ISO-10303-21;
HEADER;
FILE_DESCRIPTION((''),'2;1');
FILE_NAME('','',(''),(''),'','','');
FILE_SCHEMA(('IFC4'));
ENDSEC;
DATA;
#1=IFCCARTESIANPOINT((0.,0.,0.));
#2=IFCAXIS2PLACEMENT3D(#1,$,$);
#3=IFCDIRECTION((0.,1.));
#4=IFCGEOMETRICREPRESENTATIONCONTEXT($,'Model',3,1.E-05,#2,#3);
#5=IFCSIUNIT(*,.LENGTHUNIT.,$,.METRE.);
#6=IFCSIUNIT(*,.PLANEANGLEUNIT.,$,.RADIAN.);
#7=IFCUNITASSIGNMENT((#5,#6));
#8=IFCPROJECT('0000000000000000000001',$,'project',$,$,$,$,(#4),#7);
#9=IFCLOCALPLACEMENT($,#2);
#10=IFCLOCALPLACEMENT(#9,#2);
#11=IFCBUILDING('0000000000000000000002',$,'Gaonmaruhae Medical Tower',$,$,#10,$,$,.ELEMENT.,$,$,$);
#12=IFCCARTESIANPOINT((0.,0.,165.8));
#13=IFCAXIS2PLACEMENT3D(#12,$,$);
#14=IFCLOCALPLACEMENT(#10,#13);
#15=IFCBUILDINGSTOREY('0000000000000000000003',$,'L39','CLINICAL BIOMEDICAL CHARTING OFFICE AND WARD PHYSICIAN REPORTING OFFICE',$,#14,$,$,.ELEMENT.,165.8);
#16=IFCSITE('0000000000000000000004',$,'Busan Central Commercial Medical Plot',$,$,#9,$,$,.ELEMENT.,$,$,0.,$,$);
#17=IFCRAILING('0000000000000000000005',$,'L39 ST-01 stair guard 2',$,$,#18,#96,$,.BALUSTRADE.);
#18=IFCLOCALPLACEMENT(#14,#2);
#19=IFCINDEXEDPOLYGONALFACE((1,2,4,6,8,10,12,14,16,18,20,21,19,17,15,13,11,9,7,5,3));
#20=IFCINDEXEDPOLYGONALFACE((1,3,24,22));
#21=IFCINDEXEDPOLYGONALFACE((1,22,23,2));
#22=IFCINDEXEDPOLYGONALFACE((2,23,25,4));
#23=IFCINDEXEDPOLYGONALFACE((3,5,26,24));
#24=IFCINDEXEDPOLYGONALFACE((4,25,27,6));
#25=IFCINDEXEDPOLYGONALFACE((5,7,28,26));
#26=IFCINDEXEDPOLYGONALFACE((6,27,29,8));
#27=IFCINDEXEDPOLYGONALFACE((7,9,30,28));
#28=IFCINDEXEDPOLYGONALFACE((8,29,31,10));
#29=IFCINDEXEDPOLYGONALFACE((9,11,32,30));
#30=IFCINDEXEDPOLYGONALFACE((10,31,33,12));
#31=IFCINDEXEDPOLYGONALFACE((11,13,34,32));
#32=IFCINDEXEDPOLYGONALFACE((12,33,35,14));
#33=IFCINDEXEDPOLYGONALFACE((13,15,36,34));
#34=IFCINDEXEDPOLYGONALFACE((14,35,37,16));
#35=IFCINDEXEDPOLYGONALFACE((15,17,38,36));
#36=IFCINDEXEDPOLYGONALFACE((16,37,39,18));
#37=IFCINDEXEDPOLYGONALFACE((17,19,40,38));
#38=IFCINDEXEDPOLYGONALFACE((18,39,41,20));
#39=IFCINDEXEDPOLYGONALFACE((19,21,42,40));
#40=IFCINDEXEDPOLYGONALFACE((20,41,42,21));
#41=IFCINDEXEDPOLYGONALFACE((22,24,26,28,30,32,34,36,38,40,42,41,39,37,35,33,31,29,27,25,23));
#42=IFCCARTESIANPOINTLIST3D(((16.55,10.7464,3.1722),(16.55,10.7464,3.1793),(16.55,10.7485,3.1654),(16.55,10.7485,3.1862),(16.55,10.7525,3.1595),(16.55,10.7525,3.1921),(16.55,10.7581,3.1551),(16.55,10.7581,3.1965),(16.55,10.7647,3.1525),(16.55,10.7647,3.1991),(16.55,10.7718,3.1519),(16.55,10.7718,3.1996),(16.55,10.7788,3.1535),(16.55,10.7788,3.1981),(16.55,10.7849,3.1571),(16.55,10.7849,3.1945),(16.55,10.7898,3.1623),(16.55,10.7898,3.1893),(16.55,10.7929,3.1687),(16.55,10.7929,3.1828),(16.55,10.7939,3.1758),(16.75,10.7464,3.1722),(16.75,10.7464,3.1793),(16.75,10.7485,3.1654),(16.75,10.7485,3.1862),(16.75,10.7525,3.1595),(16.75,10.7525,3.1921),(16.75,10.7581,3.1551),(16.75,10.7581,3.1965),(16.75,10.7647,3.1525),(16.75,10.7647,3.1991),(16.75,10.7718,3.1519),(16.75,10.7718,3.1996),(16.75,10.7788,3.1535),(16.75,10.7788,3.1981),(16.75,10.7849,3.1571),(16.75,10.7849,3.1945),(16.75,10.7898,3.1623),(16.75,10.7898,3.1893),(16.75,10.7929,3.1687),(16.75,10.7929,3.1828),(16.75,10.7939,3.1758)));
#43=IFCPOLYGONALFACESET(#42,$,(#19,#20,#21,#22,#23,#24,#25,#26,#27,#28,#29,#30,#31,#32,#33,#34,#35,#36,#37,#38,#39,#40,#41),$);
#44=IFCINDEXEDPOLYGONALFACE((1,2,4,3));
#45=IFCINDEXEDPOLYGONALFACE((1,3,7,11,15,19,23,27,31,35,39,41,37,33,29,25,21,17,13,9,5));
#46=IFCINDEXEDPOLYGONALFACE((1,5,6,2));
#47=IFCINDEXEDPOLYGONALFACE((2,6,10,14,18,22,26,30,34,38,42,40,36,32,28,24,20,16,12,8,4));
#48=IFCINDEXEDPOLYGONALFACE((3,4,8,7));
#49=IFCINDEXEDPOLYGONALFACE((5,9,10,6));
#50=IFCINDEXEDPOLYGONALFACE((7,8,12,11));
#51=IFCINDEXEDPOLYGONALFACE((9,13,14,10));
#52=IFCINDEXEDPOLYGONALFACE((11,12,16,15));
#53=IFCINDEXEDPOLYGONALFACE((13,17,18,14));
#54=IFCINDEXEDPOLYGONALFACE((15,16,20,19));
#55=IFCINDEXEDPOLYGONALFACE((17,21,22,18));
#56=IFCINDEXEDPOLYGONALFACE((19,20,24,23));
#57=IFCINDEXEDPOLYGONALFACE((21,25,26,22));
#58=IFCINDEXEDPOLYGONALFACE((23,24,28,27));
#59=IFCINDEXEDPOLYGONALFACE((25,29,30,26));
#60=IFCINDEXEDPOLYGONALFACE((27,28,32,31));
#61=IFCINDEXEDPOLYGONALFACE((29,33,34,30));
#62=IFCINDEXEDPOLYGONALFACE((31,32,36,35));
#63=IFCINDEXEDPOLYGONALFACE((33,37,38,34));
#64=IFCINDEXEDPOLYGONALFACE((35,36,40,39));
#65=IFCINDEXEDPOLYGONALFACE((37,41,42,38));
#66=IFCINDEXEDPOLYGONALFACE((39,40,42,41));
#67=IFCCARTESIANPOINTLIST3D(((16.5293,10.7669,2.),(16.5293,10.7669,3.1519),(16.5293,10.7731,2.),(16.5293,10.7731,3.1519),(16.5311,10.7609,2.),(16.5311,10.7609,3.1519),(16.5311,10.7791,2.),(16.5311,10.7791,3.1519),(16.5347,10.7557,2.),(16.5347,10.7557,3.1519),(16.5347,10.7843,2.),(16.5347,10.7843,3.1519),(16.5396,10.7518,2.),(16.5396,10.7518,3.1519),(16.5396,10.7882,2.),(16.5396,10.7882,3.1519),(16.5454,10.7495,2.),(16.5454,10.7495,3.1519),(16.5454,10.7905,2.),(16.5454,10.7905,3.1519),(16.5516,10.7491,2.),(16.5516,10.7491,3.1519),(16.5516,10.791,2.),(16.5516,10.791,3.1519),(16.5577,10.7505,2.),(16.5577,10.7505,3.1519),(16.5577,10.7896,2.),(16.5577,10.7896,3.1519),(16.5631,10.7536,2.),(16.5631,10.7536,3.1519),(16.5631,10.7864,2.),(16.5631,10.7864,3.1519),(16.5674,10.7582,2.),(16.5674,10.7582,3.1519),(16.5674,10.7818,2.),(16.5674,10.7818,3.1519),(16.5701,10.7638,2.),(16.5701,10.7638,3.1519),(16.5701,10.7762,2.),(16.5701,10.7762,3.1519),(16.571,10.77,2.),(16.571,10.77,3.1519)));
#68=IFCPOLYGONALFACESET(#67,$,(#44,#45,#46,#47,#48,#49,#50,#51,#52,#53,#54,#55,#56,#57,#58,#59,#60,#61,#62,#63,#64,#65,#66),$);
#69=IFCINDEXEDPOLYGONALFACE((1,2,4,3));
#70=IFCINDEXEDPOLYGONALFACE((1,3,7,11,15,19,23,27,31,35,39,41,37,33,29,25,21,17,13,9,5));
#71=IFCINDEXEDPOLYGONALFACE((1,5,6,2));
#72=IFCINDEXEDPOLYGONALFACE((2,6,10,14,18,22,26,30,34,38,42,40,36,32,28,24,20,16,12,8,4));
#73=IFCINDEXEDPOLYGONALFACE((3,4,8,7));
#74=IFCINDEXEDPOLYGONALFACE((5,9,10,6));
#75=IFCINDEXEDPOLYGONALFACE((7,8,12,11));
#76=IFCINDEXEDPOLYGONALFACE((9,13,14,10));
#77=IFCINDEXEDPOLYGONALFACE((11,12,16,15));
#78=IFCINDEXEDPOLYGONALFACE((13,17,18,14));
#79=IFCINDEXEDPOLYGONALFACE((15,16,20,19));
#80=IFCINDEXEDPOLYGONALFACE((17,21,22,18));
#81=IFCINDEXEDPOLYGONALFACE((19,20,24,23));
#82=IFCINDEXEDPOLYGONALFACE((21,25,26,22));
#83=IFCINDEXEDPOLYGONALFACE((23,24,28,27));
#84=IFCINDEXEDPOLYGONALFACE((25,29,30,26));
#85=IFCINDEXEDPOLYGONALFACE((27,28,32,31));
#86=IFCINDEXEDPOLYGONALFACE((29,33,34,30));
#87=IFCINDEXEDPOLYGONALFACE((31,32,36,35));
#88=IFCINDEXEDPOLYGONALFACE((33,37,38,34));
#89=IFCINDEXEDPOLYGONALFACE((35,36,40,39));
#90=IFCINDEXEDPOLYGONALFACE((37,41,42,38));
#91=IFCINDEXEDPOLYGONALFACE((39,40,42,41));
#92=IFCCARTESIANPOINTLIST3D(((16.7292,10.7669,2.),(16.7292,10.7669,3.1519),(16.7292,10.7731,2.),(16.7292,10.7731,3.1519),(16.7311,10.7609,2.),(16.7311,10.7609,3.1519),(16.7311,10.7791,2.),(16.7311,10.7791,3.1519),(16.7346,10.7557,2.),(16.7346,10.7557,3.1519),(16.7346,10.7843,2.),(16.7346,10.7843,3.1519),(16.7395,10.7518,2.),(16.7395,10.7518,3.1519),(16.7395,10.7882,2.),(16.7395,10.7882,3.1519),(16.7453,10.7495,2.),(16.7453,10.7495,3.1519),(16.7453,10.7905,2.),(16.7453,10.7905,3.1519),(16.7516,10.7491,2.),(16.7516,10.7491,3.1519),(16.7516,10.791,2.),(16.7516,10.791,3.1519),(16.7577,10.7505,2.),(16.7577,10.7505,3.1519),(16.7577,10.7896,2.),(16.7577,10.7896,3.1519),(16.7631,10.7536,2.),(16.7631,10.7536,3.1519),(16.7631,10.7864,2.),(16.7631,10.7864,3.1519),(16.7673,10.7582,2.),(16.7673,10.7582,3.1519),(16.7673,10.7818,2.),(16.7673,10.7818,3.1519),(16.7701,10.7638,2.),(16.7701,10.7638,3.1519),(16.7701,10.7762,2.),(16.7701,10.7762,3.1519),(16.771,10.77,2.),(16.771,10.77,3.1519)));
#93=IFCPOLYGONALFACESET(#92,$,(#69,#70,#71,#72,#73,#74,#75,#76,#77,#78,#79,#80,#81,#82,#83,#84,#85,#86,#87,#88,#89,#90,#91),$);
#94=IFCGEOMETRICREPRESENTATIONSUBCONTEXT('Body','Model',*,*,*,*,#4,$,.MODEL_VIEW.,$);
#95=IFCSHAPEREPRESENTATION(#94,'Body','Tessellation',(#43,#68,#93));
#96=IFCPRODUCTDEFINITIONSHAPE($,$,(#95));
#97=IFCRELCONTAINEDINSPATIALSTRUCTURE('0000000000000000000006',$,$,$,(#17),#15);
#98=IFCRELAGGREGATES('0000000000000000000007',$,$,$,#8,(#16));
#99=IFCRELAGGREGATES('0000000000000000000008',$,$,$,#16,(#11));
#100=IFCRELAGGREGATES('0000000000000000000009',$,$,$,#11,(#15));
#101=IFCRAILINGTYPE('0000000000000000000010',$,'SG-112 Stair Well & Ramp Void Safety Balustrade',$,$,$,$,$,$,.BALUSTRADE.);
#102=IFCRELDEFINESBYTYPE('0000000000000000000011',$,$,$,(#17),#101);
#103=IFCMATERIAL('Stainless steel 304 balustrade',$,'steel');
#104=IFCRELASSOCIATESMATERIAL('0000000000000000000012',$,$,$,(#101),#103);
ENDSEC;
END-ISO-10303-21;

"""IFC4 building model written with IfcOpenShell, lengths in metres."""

from ifc_helpers import new_model, si_unit, direction, frame, origin, origin_2d, place, context, subcontext, project, spatial, circle, extrude, material, type_object, element, save


model = new_model("IFC4")

# Units and contexts
model_context = context("Model", 3, precision=1e-05, world=origin(), true_north=direction((0.0, 1.0)))
body_context = subcontext(model_context, "Body", "Model", "MODEL_VIEW")
ifc_project = project(units=[si_unit("LENGTHUNIT", "METRE"), si_unit("PLANEANGLEUNIT", "RADIAN")], contexts=[model_context])

# Site, building, storey
site_placement = place(None, origin())
site = spatial("IfcSite", under=ifc_project, at=site_placement, Name="Busan Central Commercial Medical Plot", CompositionType="ELEMENT", RefElevation=0.0)
building_placement = place(site_placement, origin())
building = spatial("IfcBuilding", under=site, at=building_placement, Name="Gaonmaruhae Medical Tower", CompositionType="ELEMENT")
storey_placement = place(building_placement, frame((0.0, 0.0, 165.8)))
storey = spatial("IfcBuildingStorey", under=building, at=storey_placement, Name="L39", Description="CLINICAL BIOMEDICAL CHARTING OFFICE AND WARD PHYSICIAN REPORTING OFFICE", CompositionType="ELEMENT", Elevation=165.8)

# Railing
ifc_material_1 = material(Name="Stainless steel 304 balustrade", Category="steel")
railing_type_1 = type_object("IfcRailingType", Name="SG-112 Stair Well & Ramp Void Safety Balustrade", PredefinedType="BALUSTRADE", material=ifc_material_1)
railing_1_placement = place(storey_placement, frame((16.55, 10.77, 2.0)))
element("IfcRailing", 1, at=railing_1_placement, inside=storey, type_object=railing_type_1, Name="L39 ST-01 stair guard 2", PredefinedType="BALUSTRADE", context=body_context, shape_type="SweptSolid", body=[
    extrude(circle(Radius=0.0239, at=origin_2d()), frame((0.0, 0.0, 1.1758), z_axis=(1.0, 0.0, 0.0), x_axis=(0.0, 1.0, 0.0)), (0.0, 0.0, 1.0), 0.2),
    extrude(circle(Radius=0.021, at=origin_2d()), origin(), (0.0, 0.0, 1.0), 1.1519),
    extrude(circle(Radius=0.021, at=origin_2d()), frame((0.2, 0.0, 0.0)), (0.0, 0.0, 1.0), 1.1519),
])

save(model, "model.ifc")
